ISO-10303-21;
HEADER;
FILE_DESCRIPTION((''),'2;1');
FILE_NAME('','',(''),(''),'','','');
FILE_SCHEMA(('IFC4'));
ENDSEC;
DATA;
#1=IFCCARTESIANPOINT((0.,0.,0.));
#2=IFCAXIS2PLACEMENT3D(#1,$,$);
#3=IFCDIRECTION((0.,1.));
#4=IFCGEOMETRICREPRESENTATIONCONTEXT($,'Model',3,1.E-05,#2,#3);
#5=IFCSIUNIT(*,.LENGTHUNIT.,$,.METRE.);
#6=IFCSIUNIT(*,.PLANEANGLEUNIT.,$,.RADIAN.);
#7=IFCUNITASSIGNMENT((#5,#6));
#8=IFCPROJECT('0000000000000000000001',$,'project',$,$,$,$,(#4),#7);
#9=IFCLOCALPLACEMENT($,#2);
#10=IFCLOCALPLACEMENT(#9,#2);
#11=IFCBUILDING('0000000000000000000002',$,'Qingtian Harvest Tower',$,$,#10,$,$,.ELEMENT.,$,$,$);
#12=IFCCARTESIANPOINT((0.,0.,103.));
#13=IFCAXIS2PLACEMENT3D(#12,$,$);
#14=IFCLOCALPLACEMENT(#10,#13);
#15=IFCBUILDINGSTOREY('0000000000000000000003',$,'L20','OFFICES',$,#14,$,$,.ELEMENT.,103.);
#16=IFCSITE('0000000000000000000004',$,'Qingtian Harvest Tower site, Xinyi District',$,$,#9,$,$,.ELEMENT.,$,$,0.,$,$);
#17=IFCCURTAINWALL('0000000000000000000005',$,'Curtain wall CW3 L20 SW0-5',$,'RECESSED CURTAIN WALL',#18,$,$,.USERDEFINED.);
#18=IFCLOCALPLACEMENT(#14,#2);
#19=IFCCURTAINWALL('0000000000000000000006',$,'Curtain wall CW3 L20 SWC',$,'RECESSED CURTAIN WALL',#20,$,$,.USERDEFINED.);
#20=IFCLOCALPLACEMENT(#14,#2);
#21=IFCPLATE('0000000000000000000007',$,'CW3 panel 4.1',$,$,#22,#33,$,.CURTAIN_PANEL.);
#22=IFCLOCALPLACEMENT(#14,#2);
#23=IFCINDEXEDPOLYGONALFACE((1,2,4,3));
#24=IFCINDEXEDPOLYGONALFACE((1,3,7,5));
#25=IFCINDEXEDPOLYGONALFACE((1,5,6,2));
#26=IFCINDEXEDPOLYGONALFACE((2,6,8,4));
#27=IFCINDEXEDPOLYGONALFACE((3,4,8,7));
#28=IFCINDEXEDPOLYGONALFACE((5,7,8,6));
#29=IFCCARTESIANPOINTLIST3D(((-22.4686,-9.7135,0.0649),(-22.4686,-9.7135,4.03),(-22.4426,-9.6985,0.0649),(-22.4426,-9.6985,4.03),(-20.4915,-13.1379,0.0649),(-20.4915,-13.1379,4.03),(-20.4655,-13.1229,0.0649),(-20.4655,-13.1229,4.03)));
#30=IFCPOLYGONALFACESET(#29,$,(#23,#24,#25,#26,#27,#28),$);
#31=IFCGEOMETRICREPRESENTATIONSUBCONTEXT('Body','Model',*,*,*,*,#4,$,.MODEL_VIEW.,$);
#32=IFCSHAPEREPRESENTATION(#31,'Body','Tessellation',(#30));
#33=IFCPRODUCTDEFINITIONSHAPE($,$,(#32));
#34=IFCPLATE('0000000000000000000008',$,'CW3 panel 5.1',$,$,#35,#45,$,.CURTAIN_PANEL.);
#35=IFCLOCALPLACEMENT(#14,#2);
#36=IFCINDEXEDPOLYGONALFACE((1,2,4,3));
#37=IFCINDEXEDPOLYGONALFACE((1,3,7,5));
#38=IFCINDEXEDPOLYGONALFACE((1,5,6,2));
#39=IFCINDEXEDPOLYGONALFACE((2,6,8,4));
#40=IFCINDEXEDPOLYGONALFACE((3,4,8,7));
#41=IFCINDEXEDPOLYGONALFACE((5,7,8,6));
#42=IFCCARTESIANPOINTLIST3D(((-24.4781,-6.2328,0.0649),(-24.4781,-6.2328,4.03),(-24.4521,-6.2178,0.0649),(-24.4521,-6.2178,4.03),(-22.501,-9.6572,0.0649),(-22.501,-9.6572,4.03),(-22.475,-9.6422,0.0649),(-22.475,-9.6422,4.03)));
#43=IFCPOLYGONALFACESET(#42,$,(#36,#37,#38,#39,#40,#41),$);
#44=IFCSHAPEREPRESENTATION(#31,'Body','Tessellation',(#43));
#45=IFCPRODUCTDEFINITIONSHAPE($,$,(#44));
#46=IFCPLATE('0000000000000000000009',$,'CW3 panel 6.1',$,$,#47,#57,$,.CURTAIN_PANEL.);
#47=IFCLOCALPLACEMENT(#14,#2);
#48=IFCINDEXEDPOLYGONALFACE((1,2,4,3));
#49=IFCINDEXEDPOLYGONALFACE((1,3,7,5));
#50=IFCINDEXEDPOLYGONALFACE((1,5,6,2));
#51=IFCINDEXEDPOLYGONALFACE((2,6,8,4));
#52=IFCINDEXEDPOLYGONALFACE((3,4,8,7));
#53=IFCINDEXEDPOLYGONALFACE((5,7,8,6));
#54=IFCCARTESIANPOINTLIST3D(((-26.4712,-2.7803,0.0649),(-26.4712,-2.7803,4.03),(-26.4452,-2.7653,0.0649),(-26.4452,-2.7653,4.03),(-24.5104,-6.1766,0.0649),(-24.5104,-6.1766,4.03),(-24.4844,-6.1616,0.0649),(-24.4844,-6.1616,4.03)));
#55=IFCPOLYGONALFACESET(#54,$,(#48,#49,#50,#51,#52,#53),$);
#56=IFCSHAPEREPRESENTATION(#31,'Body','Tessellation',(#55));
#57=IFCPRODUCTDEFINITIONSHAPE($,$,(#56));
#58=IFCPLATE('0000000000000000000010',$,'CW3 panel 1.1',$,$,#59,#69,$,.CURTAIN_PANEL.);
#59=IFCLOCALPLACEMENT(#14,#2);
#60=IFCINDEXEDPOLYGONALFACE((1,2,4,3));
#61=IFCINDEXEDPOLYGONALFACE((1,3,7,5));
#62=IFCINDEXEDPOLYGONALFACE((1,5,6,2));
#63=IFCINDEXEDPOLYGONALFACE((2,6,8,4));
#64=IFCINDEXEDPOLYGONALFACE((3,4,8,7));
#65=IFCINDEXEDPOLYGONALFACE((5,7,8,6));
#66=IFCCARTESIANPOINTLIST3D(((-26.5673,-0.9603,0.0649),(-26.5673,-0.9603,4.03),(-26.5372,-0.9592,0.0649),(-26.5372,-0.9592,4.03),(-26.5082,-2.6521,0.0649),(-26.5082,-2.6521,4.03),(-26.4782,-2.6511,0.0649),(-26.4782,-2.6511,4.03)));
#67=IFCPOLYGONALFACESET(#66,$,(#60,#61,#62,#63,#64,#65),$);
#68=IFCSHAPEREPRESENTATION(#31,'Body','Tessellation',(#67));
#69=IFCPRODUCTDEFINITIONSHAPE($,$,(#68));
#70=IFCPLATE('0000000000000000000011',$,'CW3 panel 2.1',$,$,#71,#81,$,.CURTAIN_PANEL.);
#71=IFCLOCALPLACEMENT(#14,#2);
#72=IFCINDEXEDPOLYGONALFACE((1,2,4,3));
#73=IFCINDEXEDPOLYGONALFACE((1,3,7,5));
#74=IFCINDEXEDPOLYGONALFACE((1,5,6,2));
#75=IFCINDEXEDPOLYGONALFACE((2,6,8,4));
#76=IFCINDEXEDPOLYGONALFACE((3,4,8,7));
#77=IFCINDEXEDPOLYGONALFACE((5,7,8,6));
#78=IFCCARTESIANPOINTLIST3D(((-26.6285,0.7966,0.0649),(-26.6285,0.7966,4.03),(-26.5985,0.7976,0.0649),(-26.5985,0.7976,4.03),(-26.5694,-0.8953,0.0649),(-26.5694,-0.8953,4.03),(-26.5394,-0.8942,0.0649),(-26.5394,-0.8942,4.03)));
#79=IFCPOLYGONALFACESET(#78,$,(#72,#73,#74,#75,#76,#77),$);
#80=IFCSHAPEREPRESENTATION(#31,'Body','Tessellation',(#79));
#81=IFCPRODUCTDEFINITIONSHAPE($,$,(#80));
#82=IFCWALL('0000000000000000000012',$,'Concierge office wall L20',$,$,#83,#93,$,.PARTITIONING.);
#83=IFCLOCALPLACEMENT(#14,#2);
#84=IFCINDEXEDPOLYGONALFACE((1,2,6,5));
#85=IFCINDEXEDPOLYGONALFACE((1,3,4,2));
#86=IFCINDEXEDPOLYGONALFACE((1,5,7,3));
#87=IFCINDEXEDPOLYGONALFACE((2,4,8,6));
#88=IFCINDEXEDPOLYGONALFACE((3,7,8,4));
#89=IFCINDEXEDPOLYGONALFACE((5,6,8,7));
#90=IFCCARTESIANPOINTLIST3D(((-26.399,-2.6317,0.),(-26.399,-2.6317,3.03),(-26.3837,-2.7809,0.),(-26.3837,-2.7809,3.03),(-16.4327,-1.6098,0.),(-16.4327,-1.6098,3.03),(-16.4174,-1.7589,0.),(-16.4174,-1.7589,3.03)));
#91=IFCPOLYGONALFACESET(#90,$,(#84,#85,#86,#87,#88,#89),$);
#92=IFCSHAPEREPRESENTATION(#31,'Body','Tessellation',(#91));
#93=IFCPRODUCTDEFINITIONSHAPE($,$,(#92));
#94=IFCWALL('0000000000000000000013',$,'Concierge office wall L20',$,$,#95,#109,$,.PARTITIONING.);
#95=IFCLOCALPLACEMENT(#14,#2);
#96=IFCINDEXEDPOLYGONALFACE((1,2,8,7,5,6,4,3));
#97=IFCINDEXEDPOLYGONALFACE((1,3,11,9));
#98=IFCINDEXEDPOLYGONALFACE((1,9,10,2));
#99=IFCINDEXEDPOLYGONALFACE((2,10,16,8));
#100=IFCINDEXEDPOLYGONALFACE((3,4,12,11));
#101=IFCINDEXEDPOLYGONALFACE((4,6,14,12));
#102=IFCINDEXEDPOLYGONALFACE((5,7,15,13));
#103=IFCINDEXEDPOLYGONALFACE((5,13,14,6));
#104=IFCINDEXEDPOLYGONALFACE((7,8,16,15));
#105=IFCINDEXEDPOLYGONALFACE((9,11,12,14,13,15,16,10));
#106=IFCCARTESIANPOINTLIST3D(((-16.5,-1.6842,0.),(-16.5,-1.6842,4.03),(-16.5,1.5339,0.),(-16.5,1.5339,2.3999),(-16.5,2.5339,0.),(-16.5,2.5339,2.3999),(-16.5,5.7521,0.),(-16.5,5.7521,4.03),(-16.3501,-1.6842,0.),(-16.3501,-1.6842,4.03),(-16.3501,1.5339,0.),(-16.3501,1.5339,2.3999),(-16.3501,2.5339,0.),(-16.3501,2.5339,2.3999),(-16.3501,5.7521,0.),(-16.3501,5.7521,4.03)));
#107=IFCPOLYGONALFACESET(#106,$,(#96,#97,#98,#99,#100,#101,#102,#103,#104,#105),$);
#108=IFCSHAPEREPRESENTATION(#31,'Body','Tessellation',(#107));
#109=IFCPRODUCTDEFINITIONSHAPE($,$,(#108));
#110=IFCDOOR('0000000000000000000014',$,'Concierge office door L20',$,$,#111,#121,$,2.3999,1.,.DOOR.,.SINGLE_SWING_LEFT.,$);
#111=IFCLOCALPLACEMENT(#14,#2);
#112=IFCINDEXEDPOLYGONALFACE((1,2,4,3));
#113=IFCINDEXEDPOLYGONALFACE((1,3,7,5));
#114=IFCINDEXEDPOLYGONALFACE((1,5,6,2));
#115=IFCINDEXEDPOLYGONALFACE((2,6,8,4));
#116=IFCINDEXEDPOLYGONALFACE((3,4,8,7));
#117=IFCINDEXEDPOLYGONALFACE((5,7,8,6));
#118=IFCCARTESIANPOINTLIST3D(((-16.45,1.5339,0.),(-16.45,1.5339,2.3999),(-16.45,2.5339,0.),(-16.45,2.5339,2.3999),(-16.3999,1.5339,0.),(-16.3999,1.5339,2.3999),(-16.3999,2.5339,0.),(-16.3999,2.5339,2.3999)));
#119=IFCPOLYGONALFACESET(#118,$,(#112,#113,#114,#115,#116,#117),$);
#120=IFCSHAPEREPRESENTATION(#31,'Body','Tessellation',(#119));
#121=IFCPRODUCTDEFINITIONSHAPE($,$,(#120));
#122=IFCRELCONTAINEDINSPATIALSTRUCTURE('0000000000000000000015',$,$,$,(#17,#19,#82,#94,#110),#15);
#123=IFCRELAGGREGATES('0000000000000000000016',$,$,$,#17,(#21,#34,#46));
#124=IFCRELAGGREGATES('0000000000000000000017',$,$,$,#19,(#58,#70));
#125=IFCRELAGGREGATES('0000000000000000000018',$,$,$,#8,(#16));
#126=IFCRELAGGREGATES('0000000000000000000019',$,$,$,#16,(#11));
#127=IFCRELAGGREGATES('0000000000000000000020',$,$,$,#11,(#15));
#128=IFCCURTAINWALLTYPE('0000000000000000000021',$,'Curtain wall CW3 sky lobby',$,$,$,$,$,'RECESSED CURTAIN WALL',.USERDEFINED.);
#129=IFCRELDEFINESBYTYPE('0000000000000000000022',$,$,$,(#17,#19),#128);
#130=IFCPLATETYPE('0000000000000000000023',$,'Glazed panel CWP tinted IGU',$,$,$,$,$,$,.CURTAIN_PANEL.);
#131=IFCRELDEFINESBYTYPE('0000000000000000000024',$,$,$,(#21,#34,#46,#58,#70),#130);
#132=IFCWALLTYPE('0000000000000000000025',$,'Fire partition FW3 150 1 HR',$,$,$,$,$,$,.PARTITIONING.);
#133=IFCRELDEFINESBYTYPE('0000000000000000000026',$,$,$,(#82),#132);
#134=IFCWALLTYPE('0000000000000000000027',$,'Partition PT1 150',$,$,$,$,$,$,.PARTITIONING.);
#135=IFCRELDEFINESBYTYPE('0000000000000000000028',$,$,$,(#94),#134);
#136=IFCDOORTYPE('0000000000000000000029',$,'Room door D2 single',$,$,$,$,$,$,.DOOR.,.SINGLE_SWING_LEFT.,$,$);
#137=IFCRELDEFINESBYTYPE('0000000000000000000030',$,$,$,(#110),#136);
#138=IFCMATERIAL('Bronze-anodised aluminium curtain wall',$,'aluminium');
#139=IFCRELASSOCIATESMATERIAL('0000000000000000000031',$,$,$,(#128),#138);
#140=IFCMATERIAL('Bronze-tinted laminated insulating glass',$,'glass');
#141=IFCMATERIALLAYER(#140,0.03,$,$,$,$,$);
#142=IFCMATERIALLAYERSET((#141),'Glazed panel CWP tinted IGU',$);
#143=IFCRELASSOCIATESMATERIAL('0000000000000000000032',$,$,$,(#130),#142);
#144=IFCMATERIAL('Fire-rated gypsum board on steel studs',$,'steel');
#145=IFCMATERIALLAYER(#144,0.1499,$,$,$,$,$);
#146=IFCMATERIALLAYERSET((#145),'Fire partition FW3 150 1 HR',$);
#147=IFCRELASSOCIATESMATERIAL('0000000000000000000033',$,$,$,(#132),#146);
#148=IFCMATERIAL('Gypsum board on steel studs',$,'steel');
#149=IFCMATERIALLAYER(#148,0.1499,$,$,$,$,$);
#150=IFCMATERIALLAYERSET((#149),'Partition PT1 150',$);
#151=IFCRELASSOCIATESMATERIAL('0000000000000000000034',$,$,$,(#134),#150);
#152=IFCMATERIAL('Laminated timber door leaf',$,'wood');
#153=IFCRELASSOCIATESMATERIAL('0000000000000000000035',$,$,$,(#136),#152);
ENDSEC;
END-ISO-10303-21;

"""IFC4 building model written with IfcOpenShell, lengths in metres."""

from ifc_helpers import new_model, si_unit, direction, frame, frame_2d, origin, origin_2d, place, context, subcontext, project, spatial, rectangle, extrude, material, layer, layer_set, type_object, element, fill, aggregate, save


model = new_model("IFC4")

# Units and contexts
model_context = context("Model", 3, precision=1e-05, world=origin(), true_north=direction((0.0, 1.0)))
body_context = subcontext(model_context, "Body", "Model", "MODEL_VIEW")
ifc_project = project(units=[si_unit("LENGTHUNIT", "METRE"), si_unit("PLANEANGLEUNIT", "RADIAN")], contexts=[model_context])

# Site, building, storey
site_placement = place(None, origin())
site = spatial("IfcSite", under=ifc_project, at=site_placement, Name="Qingtian Harvest Tower site, Xinyi District", CompositionType="ELEMENT", RefElevation=0.0)
building_placement = place(site_placement, origin())
building = spatial("IfcBuilding", under=site, at=building_placement, Name="Qingtian Harvest Tower", CompositionType="ELEMENT")
storey_placement = place(building_placement, frame((0.0, 0.0, 103.0)))
storey = spatial("IfcBuildingStorey", under=building, at=storey_placement, Name="L20", Description="OFFICES", CompositionType="ELEMENT", Elevation=103.0)

# Curtain walls
ifc_material_1 = material(Name="Bronze-anodised aluminium curtain wall", Category="aluminium")
curtain_wall_type = type_object("IfcCurtainWallType", Name="Curtain wall CW3 sky lobby", ElementType="RECESSED CURTAIN WALL", PredefinedType="USERDEFINED", material=ifc_material_1)
curtain_wall_1_placement = place(storey_placement, origin())
curtain_wall_1 = element("IfcCurtainWall", 1, at=curtain_wall_1_placement, inside=storey, type_object=curtain_wall_type, Name="Curtain wall CW3 L20 SW0-5", ObjectType="RECESSED CURTAIN WALL", PredefinedType="USERDEFINED")
curtain_wall_2_placement = place(storey_placement, origin())
curtain_wall_2 = element("IfcCurtainWall", 2, at=curtain_wall_2_placement, inside=storey, type_object=curtain_wall_type, Name="Curtain wall CW3 L20 SWC", ObjectType="RECESSED CURTAIN WALL", PredefinedType="USERDEFINED")

# Plates
ifc_material_2 = material(Name="Bronze-tinted laminated insulating glass", Category="glass")
ifc_layer_1 = layer(ifc_material_2, 0.03)
ifc_layer_set_1 = layer_set([ifc_layer_1], Name="Glazed panel CWP tinted IGU")
plate_type = type_object("IfcPlateType", Name="Glazed panel CWP tinted IGU", PredefinedType="CURTAIN_PANEL", material=ifc_layer_set_1)
plate_1_placement = place(storey_placement, frame((-21.467, -11.4182, 0.0649), z_axis=(0.0, 0.0, 1.0), x_axis=(-0.5, 0.866025, 0.0)))
plate_1 = element("IfcPlate", 3, at=plate_1_placement, type_object=plate_type, Name="CW3 panel 4.1", PredefinedType="CURTAIN_PANEL", context=body_context, shape_type="SweptSolid", body=[
    extrude(rectangle(XDim=3.9541, YDim=0.03, at=origin_2d()), origin(), (0.0, 0.0, 1.0), 3.9651),
])
plate_2_placement = place(storey_placement, frame((-23.4766, -7.9375, 0.0649), z_axis=(0.0, 0.0, 1.0), x_axis=(-0.5, 0.866025, 0.0)))
plate_2 = element("IfcPlate", 4, at=plate_2_placement, type_object=plate_type, Name="CW3 panel 5.1", PredefinedType="CURTAIN_PANEL", context=body_context, shape_type="SweptSolid", body=[
    extrude(rectangle(XDim=3.9541, YDim=0.03, at=origin_2d()), origin(), (0.0, 0.0, 1.0), 3.9651),
])
plate_3_placement = place(storey_placement, frame((-25.4778, -4.4709, 0.0649), z_axis=(0.0, 0.0, 1.0), x_axis=(-0.5, 0.866025, 0.0)))
plate_3 = element("IfcPlate", 5, at=plate_3_placement, type_object=plate_type, Name="CW3 panel 6.1", PredefinedType="CURTAIN_PANEL", context=body_context, shape_type="SweptSolid", body=[
    extrude(rectangle(XDim=3.9216, YDim=0.03, at=origin_2d()), origin(), (0.0, 0.0, 1.0), 3.9651),
])
aggregate(curtain_wall_1, [plate_1, plate_2, plate_3])
plate_4_placement = place(storey_placement, frame((-26.5227, -1.8057, 0.0649), z_axis=(0.0, 0.0, 1.0), x_axis=(-0.034899, 0.999391, 0.0)))
plate_4 = element("IfcPlate", 6, at=plate_4_placement, type_object=plate_type, Name="CW3 panel 1.1", PredefinedType="CURTAIN_PANEL", context=body_context, shape_type="SweptSolid", body=[
    extrude(rectangle(XDim=1.6929, YDim=0.03, at=origin_2d()), origin(), (0.0, 0.0, 1.0), 3.9651),
])
plate_5_placement = place(storey_placement, frame((-26.584, -0.0488, 0.0649), z_axis=(0.0, 0.0, 1.0), x_axis=(-0.034899, 0.999391, 0.0)))
plate_5 = element("IfcPlate", 7, at=plate_5_placement, type_object=plate_type, Name="CW3 panel 2.1", PredefinedType="CURTAIN_PANEL", context=body_context, shape_type="SweptSolid", body=[
    extrude(rectangle(XDim=1.6929, YDim=0.03, at=origin_2d()), origin(), (0.0, 0.0, 1.0), 3.9651),
])
aggregate(curtain_wall_2, [plate_4, plate_5])

# Wall
ifc_material_3 = material(Name="Fire-rated gypsum board on steel studs", Category="steel")
ifc_layer_2 = layer(ifc_material_3, 0.1499)
ifc_layer_set_2 = layer_set([ifc_layer_2], Name="Fire partition FW3 150 1 HR")
wall_type_1 = type_object("IfcWallType", Name="Fire partition FW3 150 1 HR", PredefinedType="PARTITIONING", material=ifc_layer_set_2)
wall_1_placement = place(storey_placement, frame((-26.3914, -2.7063, 0.0), z_axis=(0.0, 0.0, 1.0), x_axis=(0.994784, 0.102008, 0.0)))
element("IfcWall", 8, at=wall_1_placement, inside=storey, type_object=wall_type_1, Name="Concierge office wall L20", PredefinedType="PARTITIONING", context=body_context, shape_type="SweptSolid", body=[
    extrude(rectangle(XDim=10.0186, YDim=0.1499, at=frame_2d((5.0093, 0.0))), origin(), (0.0, 0.0, 1.0), 3.03),
])

# Wall, opening, door
ifc_material_4 = material(Name="Gypsum board on steel studs", Category="steel")
ifc_layer_3 = layer(ifc_material_4, 0.1499)
ifc_layer_set_3 = layer_set([ifc_layer_3], Name="Partition PT1 150")
wall_type_2 = type_object("IfcWallType", Name="Partition PT1 150", PredefinedType="PARTITIONING", material=ifc_layer_set_3)
wall_2_placement = place(storey_placement, frame((-16.425, -1.6843, 0.0), z_axis=(0.0, 0.0, 1.0), x_axis=(0.0, 1.0, 0.0)))
wall_2 = element("IfcWall", 9, at=wall_2_placement, inside=storey, type_object=wall_type_2, Name="Concierge office wall L20", PredefinedType="PARTITIONING", context=body_context, shape_type="SweptSolid", body=[
    extrude(rectangle(XDim=7.4363, YDim=0.1499, at=frame_2d((3.7183, 0.0))), origin(), (0.0, 0.0, 1.0), 4.03),
])
opening_placement = place(wall_2_placement, frame((3.2183, 0.0, 0.0)))
opening = element("IfcOpeningElement", 10, at=opening_placement, cuts=wall_2, PredefinedType="OPENING", context=body_context, shape_type="SweptSolid", body=[
    extrude(rectangle(XDim=1.0, YDim=2.3999, at=frame_2d((0.5, 1.2))), frame((0.0, 0.085, 0.0), z_axis=(0.0, -1.0, 0.0), x_axis=(1.0, 0.0, 0.0)), (0.0, 0.0, 1.0), 0.1699),
])
ifc_material_5 = material(Name="Laminated timber door leaf", Category="wood")
door_type = type_object("IfcDoorType", Name="Room door D2 single", OperationType="SINGLE_SWING_LEFT", PredefinedType="DOOR", material=ifc_material_5)
door_placement = place(opening_placement, origin())
door = element("IfcDoor", 11, at=door_placement, inside=storey, type_object=door_type, Name="Concierge office door L20", OperationType="SINGLE_SWING_LEFT", OverallHeight=2.3999, OverallWidth=1.0, PredefinedType="DOOR", context=body_context, shape_type="SweptSolid", body=[
    extrude(rectangle(XDim=1.0, YDim=2.3999, at=frame_2d((0.5, 1.2))), frame((0.0, 0.0249, 0.0), z_axis=(0.0, -1.0, 0.0), x_axis=(1.0, 0.0, 0.0)), (0.0, 0.0, 1.0), 0.05),
])
fill(opening, door)

save(model, "model.ifc")
